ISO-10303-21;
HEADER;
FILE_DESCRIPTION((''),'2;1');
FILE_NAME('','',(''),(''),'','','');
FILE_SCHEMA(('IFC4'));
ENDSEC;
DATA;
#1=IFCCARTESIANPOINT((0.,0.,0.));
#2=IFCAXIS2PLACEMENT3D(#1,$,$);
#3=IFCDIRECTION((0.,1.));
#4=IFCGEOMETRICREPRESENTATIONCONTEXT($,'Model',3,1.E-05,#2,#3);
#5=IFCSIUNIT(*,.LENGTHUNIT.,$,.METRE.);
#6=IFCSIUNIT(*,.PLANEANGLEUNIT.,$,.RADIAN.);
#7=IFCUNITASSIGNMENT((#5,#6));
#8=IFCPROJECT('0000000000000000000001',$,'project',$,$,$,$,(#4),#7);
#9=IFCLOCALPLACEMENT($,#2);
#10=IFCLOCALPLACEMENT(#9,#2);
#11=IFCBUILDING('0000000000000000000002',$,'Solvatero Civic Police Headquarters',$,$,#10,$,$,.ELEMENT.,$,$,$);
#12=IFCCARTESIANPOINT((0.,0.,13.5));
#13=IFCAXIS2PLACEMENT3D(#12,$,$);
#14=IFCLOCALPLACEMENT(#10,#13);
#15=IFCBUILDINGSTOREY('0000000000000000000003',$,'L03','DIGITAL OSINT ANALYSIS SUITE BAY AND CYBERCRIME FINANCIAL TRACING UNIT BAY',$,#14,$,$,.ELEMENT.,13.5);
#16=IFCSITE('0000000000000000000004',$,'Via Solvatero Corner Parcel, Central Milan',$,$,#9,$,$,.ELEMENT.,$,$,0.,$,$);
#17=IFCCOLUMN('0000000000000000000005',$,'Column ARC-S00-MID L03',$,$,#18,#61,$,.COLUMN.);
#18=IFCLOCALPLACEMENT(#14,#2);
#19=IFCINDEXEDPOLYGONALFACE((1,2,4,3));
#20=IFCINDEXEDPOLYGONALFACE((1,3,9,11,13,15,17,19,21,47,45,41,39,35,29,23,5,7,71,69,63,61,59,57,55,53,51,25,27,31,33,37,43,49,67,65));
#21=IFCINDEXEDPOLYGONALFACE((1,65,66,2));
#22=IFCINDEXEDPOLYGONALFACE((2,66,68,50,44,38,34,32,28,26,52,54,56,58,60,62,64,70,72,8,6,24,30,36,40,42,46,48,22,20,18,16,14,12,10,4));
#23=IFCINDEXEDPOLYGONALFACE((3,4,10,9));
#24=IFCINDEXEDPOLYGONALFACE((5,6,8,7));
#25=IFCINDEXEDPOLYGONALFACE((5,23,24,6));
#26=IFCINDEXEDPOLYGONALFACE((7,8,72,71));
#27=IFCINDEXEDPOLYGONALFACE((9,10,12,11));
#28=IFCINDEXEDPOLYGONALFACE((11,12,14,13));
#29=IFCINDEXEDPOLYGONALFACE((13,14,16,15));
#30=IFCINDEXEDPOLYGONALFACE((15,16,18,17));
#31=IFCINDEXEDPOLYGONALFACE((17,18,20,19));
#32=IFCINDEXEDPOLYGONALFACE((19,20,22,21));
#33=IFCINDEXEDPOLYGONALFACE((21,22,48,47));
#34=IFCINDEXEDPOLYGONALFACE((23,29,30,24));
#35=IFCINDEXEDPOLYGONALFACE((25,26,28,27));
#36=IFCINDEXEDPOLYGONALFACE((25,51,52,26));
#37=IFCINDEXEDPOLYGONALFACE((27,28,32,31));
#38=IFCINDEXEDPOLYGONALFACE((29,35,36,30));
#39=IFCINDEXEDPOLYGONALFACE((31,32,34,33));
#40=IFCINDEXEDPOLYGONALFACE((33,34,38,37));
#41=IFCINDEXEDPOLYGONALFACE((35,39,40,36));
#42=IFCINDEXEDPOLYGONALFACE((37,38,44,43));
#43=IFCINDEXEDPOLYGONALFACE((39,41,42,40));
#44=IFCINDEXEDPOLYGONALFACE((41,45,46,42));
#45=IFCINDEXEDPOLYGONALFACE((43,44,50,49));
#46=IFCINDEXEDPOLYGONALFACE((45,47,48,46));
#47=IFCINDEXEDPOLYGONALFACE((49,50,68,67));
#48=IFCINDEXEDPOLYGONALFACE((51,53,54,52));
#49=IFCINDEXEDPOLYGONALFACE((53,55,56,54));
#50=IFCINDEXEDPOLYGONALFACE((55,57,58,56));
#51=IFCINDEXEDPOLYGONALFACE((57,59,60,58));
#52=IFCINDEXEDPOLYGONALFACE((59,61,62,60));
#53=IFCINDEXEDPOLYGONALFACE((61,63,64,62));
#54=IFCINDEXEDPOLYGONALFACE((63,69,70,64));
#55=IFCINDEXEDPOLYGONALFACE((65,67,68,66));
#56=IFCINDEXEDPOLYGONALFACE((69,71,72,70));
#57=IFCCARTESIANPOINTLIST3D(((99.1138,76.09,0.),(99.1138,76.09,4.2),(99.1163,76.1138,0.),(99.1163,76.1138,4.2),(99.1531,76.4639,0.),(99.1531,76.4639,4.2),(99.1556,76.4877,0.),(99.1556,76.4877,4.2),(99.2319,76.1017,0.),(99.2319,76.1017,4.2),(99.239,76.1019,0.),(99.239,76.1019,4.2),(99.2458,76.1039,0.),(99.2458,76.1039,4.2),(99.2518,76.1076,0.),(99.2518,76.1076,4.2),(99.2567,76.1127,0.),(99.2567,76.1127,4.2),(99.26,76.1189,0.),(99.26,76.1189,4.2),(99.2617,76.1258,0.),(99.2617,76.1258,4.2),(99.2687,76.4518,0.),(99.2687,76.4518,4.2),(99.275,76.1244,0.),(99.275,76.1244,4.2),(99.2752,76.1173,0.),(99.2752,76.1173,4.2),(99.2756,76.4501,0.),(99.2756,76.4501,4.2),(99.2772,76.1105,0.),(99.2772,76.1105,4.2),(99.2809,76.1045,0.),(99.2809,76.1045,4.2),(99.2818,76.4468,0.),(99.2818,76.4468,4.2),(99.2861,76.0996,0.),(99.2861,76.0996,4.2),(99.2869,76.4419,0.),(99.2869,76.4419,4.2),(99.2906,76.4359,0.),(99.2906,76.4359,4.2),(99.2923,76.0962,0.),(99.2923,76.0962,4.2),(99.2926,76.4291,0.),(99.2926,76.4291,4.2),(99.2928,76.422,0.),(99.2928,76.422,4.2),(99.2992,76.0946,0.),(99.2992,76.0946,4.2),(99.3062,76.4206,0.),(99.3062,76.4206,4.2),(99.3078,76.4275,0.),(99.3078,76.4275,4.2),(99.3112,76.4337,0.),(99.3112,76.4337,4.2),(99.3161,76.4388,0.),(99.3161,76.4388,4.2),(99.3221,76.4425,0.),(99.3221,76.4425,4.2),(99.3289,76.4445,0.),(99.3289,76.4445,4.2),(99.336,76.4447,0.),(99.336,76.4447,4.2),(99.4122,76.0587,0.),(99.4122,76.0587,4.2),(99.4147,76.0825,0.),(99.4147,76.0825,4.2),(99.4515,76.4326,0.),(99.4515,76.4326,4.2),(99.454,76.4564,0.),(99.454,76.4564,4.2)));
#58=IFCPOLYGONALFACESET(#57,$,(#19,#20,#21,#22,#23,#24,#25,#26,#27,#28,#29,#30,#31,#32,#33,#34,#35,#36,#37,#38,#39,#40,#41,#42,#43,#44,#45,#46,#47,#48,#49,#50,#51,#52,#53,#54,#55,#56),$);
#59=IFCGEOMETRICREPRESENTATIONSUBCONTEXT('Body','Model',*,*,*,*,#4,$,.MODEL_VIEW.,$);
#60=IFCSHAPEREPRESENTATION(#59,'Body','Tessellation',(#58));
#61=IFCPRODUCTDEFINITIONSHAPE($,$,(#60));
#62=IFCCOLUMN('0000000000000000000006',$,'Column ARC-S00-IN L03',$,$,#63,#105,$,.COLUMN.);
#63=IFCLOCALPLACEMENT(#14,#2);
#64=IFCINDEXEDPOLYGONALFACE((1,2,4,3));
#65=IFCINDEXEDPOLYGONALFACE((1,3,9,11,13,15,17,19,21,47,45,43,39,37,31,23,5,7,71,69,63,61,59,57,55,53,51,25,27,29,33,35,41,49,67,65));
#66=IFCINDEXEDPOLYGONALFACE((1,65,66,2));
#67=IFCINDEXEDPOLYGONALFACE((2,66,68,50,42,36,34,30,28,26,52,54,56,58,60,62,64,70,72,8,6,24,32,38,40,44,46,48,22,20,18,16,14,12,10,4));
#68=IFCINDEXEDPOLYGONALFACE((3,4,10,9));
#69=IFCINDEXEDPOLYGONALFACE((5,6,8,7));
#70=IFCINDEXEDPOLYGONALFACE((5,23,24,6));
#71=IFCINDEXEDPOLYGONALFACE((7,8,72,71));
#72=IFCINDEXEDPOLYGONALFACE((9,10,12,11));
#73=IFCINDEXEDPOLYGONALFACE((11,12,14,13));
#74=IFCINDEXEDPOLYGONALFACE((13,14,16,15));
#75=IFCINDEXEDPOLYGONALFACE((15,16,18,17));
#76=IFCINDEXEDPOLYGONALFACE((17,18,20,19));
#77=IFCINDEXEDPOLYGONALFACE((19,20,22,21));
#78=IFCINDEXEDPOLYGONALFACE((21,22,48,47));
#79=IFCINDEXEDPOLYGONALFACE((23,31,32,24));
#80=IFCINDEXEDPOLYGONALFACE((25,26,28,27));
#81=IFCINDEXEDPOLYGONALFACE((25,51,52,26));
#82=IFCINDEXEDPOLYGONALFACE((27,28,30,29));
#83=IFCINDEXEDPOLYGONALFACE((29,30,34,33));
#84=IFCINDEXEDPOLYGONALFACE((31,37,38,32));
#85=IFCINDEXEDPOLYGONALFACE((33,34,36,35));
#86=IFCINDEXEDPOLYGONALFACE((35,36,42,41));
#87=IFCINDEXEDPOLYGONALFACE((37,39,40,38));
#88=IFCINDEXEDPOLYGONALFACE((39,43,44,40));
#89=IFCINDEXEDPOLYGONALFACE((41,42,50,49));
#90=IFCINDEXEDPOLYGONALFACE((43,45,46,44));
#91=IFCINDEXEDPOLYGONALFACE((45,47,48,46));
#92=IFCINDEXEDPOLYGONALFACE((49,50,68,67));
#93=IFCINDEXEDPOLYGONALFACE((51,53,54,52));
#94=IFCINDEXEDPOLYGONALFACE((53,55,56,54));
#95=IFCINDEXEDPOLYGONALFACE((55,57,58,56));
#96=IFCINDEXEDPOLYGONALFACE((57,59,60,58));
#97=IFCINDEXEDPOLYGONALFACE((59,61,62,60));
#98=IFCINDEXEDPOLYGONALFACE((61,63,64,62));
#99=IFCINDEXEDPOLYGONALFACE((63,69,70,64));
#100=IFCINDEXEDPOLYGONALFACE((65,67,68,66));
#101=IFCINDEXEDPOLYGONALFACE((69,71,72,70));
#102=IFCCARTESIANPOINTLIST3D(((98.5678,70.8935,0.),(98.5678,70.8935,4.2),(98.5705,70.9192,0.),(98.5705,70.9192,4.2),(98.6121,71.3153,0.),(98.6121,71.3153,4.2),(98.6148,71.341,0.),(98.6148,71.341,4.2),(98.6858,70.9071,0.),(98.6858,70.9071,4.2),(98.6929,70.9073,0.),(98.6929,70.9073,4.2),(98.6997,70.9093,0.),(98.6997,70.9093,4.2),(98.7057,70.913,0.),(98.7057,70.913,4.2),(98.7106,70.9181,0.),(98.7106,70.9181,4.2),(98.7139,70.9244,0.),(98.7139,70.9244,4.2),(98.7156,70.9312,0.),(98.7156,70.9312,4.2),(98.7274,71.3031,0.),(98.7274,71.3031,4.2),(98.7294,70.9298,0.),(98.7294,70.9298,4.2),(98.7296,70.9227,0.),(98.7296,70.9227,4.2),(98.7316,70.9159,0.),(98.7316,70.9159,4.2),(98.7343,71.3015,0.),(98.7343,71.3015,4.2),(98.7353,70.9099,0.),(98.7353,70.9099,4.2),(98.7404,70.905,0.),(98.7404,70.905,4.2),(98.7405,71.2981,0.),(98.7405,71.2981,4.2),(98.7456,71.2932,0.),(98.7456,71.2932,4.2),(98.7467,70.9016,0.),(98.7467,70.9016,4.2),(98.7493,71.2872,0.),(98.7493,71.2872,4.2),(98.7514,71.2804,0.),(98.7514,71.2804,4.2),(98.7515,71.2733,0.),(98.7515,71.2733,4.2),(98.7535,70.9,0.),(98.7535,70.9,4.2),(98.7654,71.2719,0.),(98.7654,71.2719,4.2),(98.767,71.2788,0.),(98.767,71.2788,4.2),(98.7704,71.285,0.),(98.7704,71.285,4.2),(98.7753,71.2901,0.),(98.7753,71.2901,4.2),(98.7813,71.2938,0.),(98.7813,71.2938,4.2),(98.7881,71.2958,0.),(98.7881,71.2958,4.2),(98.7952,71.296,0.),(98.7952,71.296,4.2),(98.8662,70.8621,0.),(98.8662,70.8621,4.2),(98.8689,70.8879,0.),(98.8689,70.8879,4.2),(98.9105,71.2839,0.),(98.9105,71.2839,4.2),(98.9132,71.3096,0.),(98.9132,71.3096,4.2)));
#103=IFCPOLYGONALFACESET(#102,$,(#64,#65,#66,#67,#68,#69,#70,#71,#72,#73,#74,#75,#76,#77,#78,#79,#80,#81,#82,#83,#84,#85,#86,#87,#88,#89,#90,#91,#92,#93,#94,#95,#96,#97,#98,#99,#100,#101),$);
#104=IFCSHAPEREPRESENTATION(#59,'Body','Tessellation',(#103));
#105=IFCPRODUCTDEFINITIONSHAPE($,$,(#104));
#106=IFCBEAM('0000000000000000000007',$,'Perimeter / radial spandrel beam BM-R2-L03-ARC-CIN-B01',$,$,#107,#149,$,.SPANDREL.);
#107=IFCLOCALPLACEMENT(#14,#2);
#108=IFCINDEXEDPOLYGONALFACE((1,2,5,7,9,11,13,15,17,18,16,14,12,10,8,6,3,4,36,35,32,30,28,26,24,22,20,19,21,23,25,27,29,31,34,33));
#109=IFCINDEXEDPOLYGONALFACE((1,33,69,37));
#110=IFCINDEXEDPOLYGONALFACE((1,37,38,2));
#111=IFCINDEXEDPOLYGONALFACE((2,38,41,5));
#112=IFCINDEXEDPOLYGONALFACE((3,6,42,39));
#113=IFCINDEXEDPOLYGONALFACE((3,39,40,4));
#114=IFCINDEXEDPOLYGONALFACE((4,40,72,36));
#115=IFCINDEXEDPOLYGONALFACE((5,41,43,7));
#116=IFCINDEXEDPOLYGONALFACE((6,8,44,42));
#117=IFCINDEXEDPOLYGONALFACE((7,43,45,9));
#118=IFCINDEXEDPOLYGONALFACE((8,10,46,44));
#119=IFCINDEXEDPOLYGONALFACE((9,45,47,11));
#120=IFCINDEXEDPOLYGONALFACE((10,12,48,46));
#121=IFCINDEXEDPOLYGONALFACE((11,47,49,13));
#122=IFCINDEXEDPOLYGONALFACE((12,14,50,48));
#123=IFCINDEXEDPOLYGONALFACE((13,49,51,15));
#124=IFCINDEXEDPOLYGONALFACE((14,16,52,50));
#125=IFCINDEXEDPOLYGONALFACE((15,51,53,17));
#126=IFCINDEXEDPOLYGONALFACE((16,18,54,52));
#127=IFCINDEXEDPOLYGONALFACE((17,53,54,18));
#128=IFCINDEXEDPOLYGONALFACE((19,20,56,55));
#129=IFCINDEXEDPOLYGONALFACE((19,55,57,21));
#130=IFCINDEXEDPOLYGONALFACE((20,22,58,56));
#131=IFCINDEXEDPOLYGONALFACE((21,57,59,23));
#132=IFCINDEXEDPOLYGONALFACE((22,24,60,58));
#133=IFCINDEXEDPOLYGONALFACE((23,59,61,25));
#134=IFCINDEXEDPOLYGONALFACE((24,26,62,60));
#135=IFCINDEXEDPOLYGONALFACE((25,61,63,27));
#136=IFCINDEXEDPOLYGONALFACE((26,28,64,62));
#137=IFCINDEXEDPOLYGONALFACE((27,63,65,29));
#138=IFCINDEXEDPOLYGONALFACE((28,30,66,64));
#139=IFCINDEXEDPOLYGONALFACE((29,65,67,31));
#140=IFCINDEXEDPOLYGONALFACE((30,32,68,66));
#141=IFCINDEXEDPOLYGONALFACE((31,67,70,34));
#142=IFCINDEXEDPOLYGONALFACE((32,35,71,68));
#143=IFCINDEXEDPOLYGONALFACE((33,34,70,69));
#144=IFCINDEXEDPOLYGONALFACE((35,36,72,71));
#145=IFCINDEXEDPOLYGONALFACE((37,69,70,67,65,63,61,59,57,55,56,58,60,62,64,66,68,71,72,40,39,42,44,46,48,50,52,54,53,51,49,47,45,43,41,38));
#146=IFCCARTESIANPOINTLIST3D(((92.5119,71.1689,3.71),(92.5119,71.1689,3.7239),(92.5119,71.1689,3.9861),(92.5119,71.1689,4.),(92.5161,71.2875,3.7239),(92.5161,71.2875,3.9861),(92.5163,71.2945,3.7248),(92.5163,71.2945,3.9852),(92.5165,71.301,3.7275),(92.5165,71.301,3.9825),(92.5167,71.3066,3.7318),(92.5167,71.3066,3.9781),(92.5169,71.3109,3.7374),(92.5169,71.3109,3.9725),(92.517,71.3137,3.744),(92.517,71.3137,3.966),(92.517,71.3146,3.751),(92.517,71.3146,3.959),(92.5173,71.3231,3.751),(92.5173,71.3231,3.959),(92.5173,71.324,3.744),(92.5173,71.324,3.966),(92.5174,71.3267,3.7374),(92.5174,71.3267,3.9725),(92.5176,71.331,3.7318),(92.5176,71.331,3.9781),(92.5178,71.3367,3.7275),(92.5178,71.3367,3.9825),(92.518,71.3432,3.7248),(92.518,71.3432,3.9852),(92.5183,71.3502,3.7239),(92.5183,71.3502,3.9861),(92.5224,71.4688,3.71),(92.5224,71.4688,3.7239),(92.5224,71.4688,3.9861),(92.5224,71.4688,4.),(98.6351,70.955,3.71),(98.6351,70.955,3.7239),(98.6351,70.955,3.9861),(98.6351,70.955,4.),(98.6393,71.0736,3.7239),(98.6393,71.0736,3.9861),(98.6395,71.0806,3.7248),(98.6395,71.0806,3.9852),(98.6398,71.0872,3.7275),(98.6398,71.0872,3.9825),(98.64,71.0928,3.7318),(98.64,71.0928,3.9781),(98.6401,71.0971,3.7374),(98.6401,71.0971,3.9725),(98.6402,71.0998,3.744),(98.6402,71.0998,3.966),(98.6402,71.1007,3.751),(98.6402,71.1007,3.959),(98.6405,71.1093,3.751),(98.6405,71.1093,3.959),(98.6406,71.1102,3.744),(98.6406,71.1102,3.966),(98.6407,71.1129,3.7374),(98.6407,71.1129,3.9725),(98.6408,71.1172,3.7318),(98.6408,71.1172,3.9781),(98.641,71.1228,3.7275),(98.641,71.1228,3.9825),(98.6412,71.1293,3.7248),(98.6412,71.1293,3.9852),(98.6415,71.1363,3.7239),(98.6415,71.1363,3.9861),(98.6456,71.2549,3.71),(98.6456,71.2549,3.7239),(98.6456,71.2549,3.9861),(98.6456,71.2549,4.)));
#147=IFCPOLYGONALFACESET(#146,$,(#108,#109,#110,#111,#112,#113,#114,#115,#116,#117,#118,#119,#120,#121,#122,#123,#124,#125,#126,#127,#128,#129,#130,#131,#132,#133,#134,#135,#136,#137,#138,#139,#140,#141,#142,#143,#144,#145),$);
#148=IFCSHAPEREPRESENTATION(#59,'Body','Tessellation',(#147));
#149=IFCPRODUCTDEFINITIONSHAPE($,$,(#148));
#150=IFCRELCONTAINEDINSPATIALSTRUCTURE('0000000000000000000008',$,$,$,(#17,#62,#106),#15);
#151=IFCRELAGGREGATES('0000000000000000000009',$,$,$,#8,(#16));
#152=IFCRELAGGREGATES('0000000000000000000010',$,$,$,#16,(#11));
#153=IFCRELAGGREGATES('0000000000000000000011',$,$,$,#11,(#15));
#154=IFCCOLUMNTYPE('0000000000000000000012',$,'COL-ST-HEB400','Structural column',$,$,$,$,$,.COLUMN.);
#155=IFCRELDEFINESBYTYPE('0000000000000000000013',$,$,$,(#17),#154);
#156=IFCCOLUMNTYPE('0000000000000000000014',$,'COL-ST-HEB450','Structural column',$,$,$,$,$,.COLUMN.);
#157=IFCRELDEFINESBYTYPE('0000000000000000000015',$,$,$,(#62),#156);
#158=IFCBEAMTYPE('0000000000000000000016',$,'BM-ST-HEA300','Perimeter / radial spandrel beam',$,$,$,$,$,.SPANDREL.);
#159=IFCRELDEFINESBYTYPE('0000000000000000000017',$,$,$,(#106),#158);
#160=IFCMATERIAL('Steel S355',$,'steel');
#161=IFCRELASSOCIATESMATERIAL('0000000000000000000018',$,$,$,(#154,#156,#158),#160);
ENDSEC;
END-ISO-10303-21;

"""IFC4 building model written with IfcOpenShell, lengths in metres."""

from ifc_helpers import new_model, si_unit, direction, frame, origin, origin_2d, place, context, subcontext, project, spatial, i_section, extrude, material, material_profile, profile_set, type_object, element, save


model = new_model("IFC4")

# Units and contexts
model_context = context("Model", 3, precision=1e-05, world=origin(), true_north=direction((0.0, 1.0)))
body_context = subcontext(model_context, "Body", "Model", "MODEL_VIEW")
ifc_project = project(units=[si_unit("LENGTHUNIT", "METRE"), si_unit("PLANEANGLEUNIT", "RADIAN")], contexts=[model_context])

# Site, building, storey
site_placement = place(None, origin())
site = spatial("IfcSite", under=ifc_project, at=site_placement, Name="Via Solvatero Corner Parcel, Central Milan", CompositionType="ELEMENT", RefElevation=0.0)
building_placement = place(site_placement, origin())
building = spatial("IfcBuilding", under=site, at=building_placement, Name="Solvatero Civic Police Headquarters", CompositionType="ELEMENT")
storey_placement = place(building_placement, frame((0.0, 0.0, 13.5)))
storey = spatial("IfcBuildingStorey", under=building, at=storey_placement, Name="L03", Description="DIGITAL OSINT ANALYSIS SUITE BAY AND CYBERCRIME FINANCIAL TRACING UNIT BAY", CompositionType="ELEMENT", Elevation=13.5)

# Columns
ifc_material_1 = material(Name="Steel S355", Category="steel")
ifc_material_profile_1 = material_profile(ifc_material_1, i_section(OverallWidth=0.3, OverallDepth=0.3999, WebThickness=0.0134, FlangeThickness=0.0239, FilletRadius=0.0271, at=origin_2d()), Name="HEB 400")
ifc_profile_set_1 = profile_set([ifc_material_profile_1], Name="Steel S355")
column_type_1 = type_object("IfcColumnType", Name="COL-ST-HEB400", Description="Structural column", PredefinedType="COLUMN", material=ifc_profile_set_1)
column_1_placement = place(storey_placement, frame((99.2839, 76.2732, 0.0), z_axis=(0.0, 0.0, 1.0), x_axis=(0.994522, -0.104528, 0.0)))
element("IfcColumn", 1, at=column_1_placement, inside=storey, type_object=column_type_1, Name="Column ARC-S00-MID L03", PredefinedType="COLUMN", context=body_context, shape_type="SweptSolid", body=[
    extrude(i_section(OverallWidth=0.3, OverallDepth=0.3999, WebThickness=0.0134, FlangeThickness=0.0239, FilletRadius=0.0271, at=origin_2d()), origin(), (0.0, 0.0, 1.0), 4.2),
])
ifc_material_profile_2 = material_profile(ifc_material_1, i_section(OverallWidth=0.3, OverallDepth=0.45, WebThickness=0.0139, FlangeThickness=0.0259, FilletRadius=0.0271, at=origin_2d()), Name="HEB 450")
ifc_profile_set_2 = profile_set([ifc_material_profile_2], Name="Steel S355")
column_type_2 = type_object("IfcColumnType", Name="COL-ST-HEB450", Description="Structural column", PredefinedType="COLUMN", material=ifc_profile_set_2)
column_2_placement = place(storey_placement, frame((98.7405, 71.1016, 0.0), z_axis=(0.0, 0.0, 1.0), x_axis=(0.994522, -0.104528, 0.0)))
element("IfcColumn", 2, at=column_2_placement, inside=storey, type_object=column_type_2, Name="Column ARC-S00-IN L03", PredefinedType="COLUMN", context=body_context, shape_type="SweptSolid", body=[
    extrude(i_section(OverallWidth=0.3, OverallDepth=0.45, WebThickness=0.0139, FlangeThickness=0.0259, FilletRadius=0.0271, at=origin_2d()), origin(), (0.0, 0.0, 1.0), 4.2),
])

# Beam
ifc_material_profile_3 = material_profile(ifc_material_1, i_section(OverallWidth=0.3, OverallDepth=0.29, WebThickness=0.0085, FlangeThickness=0.0139, FilletRadius=0.0271, at=origin_2d()), Name="HEA 300")
ifc_profile_set_3 = profile_set([ifc_material_profile_3], Name="Steel S355")
beam_type_1 = type_object("IfcBeamType", Name="BM-ST-HEA300", Description="Perimeter / radial spandrel beam", PredefinedType="SPANDREL", material=ifc_profile_set_3)
beam_1_placement = place(storey_placement, frame((98.6404, 71.105, 3.855), z_axis=(-0.999391, 0.034906, 0.0), x_axis=(-0.034906, -0.999391, 0.0)))
element("IfcBeam", 3, at=beam_1_placement, inside=storey, type_object=beam_type_1, Name="Perimeter / radial spandrel beam BM-R2-L03-ARC-CIN-B01", PredefinedType="SPANDREL", context=body_context, shape_type="SweptSolid", body=[
    extrude(i_section(OverallWidth=0.3, OverallDepth=0.29, WebThickness=0.0085, FlangeThickness=0.0139, FilletRadius=0.0271, at=origin_2d()), origin(), (0.0, 0.0, 1.0), 6.127),
])

save(model, "model.ifc")
